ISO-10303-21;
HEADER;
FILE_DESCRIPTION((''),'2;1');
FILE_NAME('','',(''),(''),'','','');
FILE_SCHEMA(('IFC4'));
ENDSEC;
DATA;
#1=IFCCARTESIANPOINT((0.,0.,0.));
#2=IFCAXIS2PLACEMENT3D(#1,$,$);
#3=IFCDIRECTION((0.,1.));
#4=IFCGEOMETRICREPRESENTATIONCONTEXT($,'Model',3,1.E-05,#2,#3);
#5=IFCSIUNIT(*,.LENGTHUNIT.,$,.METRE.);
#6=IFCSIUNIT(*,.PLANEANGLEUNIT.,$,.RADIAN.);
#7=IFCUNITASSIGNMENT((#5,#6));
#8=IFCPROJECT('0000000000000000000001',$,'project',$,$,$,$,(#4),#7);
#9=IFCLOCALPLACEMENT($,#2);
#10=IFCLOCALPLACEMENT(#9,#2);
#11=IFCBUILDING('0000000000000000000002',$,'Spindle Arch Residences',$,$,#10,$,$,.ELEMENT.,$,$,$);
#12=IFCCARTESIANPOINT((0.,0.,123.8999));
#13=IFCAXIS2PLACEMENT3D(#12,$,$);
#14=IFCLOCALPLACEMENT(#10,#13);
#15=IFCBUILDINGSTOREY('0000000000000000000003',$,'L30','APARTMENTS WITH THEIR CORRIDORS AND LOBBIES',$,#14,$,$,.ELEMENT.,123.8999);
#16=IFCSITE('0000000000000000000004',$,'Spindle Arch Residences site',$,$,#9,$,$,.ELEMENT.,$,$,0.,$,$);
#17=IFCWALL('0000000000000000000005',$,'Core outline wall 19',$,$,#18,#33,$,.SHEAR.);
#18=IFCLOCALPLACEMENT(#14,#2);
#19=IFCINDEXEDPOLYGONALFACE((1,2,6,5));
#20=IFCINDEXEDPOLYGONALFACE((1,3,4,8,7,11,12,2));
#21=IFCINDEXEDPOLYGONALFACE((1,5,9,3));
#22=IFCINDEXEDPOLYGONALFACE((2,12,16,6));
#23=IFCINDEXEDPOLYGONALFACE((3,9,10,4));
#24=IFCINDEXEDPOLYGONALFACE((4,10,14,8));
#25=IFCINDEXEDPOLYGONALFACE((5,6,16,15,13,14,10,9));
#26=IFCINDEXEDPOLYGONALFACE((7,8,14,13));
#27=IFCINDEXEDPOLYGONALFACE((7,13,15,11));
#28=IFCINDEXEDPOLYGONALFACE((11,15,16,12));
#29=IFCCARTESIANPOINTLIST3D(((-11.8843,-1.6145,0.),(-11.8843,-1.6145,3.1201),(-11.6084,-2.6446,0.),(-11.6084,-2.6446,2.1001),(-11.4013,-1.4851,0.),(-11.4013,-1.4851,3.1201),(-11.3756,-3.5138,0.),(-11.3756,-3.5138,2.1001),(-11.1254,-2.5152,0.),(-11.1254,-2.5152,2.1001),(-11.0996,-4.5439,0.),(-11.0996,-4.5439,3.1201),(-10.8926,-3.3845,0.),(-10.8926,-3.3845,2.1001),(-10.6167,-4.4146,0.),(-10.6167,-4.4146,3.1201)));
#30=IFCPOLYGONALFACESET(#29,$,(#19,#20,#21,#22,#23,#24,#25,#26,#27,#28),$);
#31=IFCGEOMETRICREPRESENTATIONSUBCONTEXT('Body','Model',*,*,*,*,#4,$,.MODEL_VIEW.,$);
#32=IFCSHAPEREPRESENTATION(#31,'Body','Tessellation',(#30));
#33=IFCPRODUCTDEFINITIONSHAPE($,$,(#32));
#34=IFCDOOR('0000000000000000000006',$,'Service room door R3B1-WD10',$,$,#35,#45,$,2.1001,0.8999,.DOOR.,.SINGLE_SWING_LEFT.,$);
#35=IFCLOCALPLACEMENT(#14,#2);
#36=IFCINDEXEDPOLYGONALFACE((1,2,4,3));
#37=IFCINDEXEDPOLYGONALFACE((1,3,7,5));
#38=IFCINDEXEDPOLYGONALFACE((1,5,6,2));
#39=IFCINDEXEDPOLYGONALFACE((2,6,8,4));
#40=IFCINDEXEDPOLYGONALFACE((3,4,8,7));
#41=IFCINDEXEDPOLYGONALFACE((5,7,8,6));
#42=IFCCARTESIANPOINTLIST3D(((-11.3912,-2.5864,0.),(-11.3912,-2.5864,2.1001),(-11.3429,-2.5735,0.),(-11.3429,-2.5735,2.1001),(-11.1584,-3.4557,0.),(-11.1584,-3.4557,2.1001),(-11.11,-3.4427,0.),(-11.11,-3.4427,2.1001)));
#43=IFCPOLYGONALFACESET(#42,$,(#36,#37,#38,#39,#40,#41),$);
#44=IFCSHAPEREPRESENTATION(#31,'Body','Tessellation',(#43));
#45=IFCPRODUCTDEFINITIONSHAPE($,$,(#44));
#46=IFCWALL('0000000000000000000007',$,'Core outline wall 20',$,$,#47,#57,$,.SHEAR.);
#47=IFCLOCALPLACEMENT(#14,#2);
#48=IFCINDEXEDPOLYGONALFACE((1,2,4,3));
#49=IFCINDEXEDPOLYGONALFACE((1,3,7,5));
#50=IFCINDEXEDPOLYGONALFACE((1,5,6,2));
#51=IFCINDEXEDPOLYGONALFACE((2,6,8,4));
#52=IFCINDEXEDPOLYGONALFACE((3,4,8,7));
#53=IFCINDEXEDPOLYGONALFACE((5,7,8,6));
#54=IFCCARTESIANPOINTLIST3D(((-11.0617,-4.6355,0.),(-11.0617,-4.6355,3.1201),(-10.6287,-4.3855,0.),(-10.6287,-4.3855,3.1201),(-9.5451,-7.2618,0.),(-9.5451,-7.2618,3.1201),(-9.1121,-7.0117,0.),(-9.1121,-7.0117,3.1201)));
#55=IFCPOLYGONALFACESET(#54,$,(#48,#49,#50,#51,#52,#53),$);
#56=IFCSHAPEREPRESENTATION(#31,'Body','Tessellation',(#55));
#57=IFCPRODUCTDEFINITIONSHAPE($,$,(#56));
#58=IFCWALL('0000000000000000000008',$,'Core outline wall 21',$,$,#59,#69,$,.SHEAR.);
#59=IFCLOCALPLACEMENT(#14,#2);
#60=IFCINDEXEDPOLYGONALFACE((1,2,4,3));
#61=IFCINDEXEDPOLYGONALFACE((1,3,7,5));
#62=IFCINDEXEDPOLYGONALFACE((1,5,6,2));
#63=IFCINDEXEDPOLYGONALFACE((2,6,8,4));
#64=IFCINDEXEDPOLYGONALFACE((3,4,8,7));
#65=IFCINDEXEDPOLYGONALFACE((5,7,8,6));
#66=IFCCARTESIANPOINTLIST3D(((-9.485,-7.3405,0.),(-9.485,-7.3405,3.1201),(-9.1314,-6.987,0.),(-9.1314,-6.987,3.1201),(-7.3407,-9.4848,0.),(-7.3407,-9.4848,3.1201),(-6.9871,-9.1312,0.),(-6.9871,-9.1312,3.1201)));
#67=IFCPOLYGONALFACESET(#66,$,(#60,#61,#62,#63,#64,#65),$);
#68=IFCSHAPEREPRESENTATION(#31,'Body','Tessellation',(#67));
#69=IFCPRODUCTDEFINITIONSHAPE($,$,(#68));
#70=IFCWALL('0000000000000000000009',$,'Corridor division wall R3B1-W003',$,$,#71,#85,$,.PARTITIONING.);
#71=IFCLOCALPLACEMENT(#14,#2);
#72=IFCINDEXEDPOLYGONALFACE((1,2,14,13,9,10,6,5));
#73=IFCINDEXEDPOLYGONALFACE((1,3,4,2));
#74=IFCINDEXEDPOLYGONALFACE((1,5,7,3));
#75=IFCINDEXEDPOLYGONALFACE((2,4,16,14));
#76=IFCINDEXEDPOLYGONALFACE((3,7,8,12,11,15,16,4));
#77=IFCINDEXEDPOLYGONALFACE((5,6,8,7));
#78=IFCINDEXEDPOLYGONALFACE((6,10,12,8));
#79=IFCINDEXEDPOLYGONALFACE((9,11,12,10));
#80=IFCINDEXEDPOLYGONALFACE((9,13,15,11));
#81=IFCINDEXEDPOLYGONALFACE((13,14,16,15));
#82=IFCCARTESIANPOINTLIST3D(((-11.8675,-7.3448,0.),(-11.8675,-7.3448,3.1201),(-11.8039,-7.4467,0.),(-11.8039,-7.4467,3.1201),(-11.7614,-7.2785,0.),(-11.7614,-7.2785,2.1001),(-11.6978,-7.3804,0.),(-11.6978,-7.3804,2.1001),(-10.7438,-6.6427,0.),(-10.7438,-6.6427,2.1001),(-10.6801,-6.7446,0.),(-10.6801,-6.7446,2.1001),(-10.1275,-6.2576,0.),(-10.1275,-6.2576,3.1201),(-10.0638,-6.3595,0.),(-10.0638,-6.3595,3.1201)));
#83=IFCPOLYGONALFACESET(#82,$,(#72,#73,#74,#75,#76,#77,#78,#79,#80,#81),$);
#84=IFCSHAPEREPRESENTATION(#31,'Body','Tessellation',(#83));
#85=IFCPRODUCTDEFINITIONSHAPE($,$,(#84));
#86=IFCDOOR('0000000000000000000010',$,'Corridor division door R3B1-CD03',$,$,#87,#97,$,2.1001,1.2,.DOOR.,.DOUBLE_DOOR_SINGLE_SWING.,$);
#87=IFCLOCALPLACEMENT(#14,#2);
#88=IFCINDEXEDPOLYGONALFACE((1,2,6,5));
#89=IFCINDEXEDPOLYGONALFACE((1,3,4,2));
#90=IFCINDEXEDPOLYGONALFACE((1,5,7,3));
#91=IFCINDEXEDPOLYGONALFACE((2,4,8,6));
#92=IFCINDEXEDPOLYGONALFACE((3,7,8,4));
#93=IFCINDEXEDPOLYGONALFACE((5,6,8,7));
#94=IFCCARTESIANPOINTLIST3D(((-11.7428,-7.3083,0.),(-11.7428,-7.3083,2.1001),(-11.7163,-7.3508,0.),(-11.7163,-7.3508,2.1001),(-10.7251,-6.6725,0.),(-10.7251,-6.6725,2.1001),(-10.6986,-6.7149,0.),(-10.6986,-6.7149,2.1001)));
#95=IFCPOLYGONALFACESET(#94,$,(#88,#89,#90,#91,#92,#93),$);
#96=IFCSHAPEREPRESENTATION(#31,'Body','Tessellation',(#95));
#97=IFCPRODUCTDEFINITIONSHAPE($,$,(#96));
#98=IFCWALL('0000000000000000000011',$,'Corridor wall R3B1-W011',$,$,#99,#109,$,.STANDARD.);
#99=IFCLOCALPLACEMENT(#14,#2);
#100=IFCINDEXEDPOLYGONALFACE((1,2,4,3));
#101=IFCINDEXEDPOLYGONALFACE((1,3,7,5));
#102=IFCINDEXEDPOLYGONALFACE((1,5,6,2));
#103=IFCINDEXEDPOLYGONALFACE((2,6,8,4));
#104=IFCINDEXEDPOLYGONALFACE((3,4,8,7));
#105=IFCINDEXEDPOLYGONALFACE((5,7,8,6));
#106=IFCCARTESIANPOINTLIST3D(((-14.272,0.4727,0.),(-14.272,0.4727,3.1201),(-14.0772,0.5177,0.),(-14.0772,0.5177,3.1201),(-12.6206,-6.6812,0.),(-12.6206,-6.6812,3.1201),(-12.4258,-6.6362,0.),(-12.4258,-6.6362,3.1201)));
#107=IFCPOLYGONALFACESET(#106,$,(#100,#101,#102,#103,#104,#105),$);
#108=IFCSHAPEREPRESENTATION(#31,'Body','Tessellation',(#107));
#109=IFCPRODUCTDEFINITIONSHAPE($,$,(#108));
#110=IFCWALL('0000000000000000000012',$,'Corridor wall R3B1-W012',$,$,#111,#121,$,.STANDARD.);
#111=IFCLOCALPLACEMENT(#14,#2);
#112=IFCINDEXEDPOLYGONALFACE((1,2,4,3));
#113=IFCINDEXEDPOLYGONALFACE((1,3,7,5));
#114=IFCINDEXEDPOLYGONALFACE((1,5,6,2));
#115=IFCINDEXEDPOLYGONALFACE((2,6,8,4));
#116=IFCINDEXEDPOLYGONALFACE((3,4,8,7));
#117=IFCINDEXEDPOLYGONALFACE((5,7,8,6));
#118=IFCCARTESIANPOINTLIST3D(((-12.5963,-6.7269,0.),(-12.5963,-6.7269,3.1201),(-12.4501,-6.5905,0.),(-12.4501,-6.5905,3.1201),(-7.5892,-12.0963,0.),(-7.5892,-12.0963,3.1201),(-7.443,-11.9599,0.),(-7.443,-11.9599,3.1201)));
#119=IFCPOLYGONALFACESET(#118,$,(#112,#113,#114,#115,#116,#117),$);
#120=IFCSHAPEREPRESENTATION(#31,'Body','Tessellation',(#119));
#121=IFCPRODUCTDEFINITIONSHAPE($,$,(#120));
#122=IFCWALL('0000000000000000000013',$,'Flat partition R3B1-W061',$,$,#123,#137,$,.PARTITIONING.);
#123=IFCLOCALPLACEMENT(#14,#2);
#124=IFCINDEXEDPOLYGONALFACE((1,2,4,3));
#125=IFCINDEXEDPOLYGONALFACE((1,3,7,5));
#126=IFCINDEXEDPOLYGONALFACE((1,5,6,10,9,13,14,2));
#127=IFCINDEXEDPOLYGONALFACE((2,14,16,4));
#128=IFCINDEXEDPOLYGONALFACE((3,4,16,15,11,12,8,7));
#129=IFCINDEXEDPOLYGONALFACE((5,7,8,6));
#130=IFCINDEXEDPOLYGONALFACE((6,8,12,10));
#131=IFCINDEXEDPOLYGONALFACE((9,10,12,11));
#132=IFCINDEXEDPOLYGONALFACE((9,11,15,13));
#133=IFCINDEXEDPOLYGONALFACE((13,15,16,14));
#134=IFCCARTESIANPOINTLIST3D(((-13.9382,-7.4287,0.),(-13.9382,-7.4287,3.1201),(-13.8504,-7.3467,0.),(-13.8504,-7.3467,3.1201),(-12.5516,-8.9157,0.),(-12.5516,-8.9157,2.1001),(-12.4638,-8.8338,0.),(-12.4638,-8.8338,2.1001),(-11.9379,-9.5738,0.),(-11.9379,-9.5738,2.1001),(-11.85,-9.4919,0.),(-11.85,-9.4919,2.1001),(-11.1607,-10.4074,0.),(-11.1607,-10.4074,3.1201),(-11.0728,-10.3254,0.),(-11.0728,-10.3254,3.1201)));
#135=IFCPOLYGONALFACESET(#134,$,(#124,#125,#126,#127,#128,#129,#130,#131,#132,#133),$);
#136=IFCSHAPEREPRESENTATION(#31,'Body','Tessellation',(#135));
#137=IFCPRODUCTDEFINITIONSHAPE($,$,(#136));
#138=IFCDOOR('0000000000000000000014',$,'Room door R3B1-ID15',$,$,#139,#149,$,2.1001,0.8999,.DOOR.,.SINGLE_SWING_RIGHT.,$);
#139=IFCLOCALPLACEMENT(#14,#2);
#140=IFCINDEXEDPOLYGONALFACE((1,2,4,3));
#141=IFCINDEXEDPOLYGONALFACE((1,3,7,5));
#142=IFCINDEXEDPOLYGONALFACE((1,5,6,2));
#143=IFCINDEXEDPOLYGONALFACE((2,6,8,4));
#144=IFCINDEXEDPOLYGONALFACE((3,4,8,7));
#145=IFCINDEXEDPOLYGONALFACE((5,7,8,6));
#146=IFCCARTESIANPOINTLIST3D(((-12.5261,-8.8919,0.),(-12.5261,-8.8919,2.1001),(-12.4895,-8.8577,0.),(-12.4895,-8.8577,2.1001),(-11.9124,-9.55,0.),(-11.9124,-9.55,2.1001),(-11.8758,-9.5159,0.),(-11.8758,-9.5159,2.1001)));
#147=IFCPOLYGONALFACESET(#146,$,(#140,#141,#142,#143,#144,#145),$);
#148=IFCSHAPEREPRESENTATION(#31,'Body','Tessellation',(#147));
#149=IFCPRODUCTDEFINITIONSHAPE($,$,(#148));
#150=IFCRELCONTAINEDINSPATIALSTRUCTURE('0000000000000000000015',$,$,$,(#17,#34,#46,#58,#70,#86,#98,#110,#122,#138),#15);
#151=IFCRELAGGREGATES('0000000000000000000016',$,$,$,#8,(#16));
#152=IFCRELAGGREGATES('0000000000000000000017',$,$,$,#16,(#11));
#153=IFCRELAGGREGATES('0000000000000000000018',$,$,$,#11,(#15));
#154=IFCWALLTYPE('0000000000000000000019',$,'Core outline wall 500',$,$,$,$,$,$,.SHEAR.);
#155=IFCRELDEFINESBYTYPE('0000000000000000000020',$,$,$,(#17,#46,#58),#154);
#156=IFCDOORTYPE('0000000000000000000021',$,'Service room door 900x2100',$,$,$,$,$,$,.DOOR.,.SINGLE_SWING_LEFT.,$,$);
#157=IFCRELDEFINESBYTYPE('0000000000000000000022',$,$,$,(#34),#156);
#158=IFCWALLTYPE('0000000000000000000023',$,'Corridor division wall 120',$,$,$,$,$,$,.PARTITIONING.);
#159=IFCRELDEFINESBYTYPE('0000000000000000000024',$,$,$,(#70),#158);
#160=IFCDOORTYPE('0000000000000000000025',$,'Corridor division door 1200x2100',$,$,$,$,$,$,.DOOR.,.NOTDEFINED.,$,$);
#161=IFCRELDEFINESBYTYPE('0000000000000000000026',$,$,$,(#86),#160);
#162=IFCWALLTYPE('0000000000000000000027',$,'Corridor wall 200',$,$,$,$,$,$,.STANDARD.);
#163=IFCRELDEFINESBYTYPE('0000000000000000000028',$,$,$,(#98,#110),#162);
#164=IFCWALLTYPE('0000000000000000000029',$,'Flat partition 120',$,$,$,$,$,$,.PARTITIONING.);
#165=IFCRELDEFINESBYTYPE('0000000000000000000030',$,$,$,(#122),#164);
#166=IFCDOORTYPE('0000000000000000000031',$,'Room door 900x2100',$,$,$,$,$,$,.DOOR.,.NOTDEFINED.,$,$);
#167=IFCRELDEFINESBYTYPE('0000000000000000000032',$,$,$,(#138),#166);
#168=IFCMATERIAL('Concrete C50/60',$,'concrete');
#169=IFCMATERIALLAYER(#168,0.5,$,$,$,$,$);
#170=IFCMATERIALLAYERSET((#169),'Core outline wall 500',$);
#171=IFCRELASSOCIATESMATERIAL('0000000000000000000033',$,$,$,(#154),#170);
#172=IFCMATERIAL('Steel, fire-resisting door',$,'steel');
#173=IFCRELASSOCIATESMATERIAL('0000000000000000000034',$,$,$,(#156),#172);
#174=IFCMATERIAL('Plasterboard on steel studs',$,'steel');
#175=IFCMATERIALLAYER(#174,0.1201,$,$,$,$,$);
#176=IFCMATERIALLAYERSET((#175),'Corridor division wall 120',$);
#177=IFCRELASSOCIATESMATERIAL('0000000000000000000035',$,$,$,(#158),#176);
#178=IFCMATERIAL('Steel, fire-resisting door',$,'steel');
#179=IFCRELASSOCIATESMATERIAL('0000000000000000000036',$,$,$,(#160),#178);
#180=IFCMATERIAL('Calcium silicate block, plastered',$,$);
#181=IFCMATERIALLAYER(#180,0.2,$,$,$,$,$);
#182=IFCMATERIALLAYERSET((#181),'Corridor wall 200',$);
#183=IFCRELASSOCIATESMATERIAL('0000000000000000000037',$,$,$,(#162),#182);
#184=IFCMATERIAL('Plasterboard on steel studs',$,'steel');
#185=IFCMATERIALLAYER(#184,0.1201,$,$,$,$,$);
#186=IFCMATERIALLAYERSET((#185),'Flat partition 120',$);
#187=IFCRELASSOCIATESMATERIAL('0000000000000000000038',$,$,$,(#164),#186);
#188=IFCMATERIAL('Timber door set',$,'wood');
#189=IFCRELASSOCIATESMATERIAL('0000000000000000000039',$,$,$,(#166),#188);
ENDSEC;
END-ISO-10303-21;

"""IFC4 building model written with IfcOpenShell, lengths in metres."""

from ifc_helpers import new_model, si_unit, direction, frame, frame_2d, origin, place, context, subcontext, project, spatial, rectangle, extrude, material, layer, layer_set, type_object, element, fill, save


model = new_model("IFC4")

# Units and contexts
model_context = context("Model", 3, precision=1e-05, world=origin(), true_north=direction((0.0, 1.0)))
body_context = subcontext(model_context, "Body", "Model", "MODEL_VIEW")
ifc_project = project(units=[si_unit("LENGTHUNIT", "METRE"), si_unit("PLANEANGLEUNIT", "RADIAN")], contexts=[model_context])

# Site, building, storey
site_placement = place(None, origin())
site = spatial("IfcSite", under=ifc_project, at=site_placement, Name="Spindle Arch Residences site", CompositionType="ELEMENT", RefElevation=0.0)
building_placement = place(site_placement, origin())
building = spatial("IfcBuilding", under=site, at=building_placement, Name="Spindle Arch Residences", CompositionType="ELEMENT")
storey_placement = place(building_placement, frame((0.0, 0.0, 123.8999)))
storey = spatial("IfcBuildingStorey", under=building, at=storey_placement, Name="L30", Description="APARTMENTS WITH THEIR CORRIDORS AND LOBBIES", CompositionType="ELEMENT", Elevation=123.8999)

# Wall, opening, door
ifc_material_1 = material(Name="Concrete C50/60", Category="concrete")
ifc_layer_1 = layer(ifc_material_1, 0.5)
ifc_layer_set_1 = layer_set([ifc_layer_1], Name="Core outline wall 500")
wall_type_1 = type_object("IfcWallType", Name="Core outline wall 500", PredefinedType="SHEAR", material=ifc_layer_set_1)
wall_1_placement = place(storey_placement, frame((-11.6428, -1.5498, 0.0), z_axis=(0.0, 0.0, 1.0), x_axis=(0.258735, -0.965948, 0.0)))
wall_1 = element("IfcWall", 1, at=wall_1_placement, inside=storey, type_object=wall_type_1, Name="Core outline wall 19", PredefinedType="SHEAR", context=body_context, shape_type="SweptSolid", body=[
    extrude(rectangle(XDim=3.0327, YDim=0.5, at=frame_2d((1.5164, 0.0))), origin(), (0.0, 0.0, 1.0), 3.1201),
])
opening_1_placement = place(wall_1_placement, frame((1.0664, 0.0, 0.0)))
opening_1 = element("IfcOpeningElement", 2, at=opening_1_placement, cuts=wall_1, PredefinedType="OPENING", context=body_context, shape_type="SweptSolid", body=[
    extrude(rectangle(XDim=0.8999, YDim=2.1001, at=frame_2d((0.45, 1.05))), frame((0.0, 0.26, 0.0), z_axis=(0.0, -1.0, 0.0), x_axis=(1.0, 0.0, 0.0)), (0.0, 0.0, 1.0), 0.52),
])
ifc_material_2 = material(Name="Steel, fire-resisting door", Category="steel")
door_type_1 = type_object("IfcDoorType", Name="Service room door 900x2100", OperationType="SINGLE_SWING_LEFT", PredefinedType="DOOR", material=ifc_material_2)
door_1_placement = place(opening_1_placement, origin())
door_1 = element("IfcDoor", 3, at=door_1_placement, inside=storey, type_object=door_type_1, Name="Service room door R3B1-WD10", OperationType="SINGLE_SWING_LEFT", OverallHeight=2.1001, OverallWidth=0.8999, PredefinedType="DOOR", context=body_context, shape_type="SweptSolid", body=[
    extrude(rectangle(XDim=0.8999, YDim=2.1001, at=frame_2d((0.45, 1.05))), frame((0.0, 0.0249, 0.0), z_axis=(0.0, -1.0, 0.0), x_axis=(1.0, 0.0, 0.0)), (0.0, 0.0, 1.0), 0.05),
])
fill(opening_1, door_1)

# Walls
wall_2_placement = place(storey_placement, frame((-10.8452, -4.5105, 0.0), z_axis=(0.0, 0.0, 1.0), x_axis=(0.500087, -0.865975, 0.0)))
element("IfcWall", 4, at=wall_2_placement, inside=storey, type_object=wall_type_1, Name="Core outline wall 20", PredefinedType="SHEAR", context=body_context, shape_type="SweptSolid", body=[
    extrude(rectangle(XDim=3.0327, YDim=0.5, at=frame_2d((1.5164, 0.0))), origin(), (0.0, 0.0, 1.0), 3.1201),
])
wall_3_placement = place(storey_placement, frame((-9.3081, -7.1638, 0.0), z_axis=(0.0, 0.0, 1.0), x_axis=(0.707107, -0.707107, 0.0)))
element("IfcWall", 5, at=wall_3_placement, inside=storey, type_object=wall_type_1, Name="Core outline wall 21", PredefinedType="SHEAR", context=body_context, shape_type="SweptSolid", body=[
    extrude(rectangle(XDim=3.0325, YDim=0.5, at=frame_2d((1.5161, 0.0))), origin(), (0.0, 0.0, 1.0), 3.1201),
])

# Wall, opening, door
ifc_material_3 = material(Name="Plasterboard on steel studs", Category="steel")
ifc_layer_2 = layer(ifc_material_3, 0.1201)
ifc_layer_set_2 = layer_set([ifc_layer_2], Name="Corridor division wall 120")
wall_type_2 = type_object("IfcWallType", Name="Corridor division wall 120", PredefinedType="PARTITIONING", material=ifc_layer_set_2)
wall_4_placement = place(storey_placement, frame((-11.8357, -7.3958, 0.0), z_axis=(0.0, 0.0, 1.0), x_axis=(0.848072, 0.529881, 0.0)))
wall_4 = element("IfcWall", 6, at=wall_4_placement, inside=storey, type_object=wall_type_2, Name="Corridor division wall R3B1-W003", PredefinedType="PARTITIONING", context=body_context, shape_type="SweptSolid", body=[
    extrude(rectangle(XDim=2.0518, YDim=0.1201, at=frame_2d((1.0259, 0.0))), origin(), (0.0, 0.0, 1.0), 3.1201),
])
opening_2_placement = place(wall_4_placement, frame((0.125, 0.0, 0.0)))
opening_2 = element("IfcOpeningElement", 7, at=opening_2_placement, cuts=wall_4, PredefinedType="OPENING", context=body_context, shape_type="SweptSolid", body=[
    extrude(rectangle(XDim=1.2, YDim=2.1001, at=frame_2d((0.6001, 1.05))), frame((0.0, 0.0701, 0.0), z_axis=(0.0, -1.0, 0.0), x_axis=(1.0, 0.0, 0.0)), (0.0, 0.0, 1.0), 0.1401),
])
ifc_material_4 = material(Name="Steel, fire-resisting door", Category="steel")
door_type_2 = type_object("IfcDoorType", Name="Corridor division door 1200x2100", OperationType="NOTDEFINED", PredefinedType="DOOR", material=ifc_material_4)
door_2_placement = place(opening_2_placement, origin())
door_2 = element("IfcDoor", 8, at=door_2_placement, inside=storey, type_object=door_type_2, Name="Corridor division door R3B1-CD03", OperationType="DOUBLE_DOOR_SINGLE_SWING", OverallHeight=2.1001, OverallWidth=1.2, PredefinedType="DOOR", context=body_context, shape_type="SweptSolid", body=[
    extrude(rectangle(XDim=1.2, YDim=2.1001, at=frame_2d((0.6001, 1.05))), frame((0.0, 0.0249, 0.0), z_axis=(0.0, -1.0, 0.0), x_axis=(1.0, 0.0, 0.0)), (0.0, 0.0, 1.0), 0.05),
])
fill(opening_2, door_2)

# Walls
ifc_material_5 = material(Name="Calcium silicate block, plastered")
ifc_layer_3 = layer(ifc_material_5, 0.2)
ifc_layer_set_3 = layer_set([ifc_layer_3], Name="Corridor wall 200")
wall_type_3 = type_object("IfcWallType", Name="Corridor wall 200", PredefinedType="STANDARD", material=ifc_layer_set_3)
wall_5_placement = place(storey_placement, frame((-14.1746, 0.4951, 0.0), z_axis=(0.0, 0.0, 1.0), x_axis=(0.224923, -0.974377, 0.0)))
element("IfcWall", 9, at=wall_5_placement, inside=storey, type_object=wall_type_3, Name="Corridor wall R3B1-W011", PredefinedType="STANDARD", context=body_context, shape_type="SweptSolid", body=[
    extrude(rectangle(XDim=7.342, YDim=0.2, at=frame_2d((3.6709, 0.0))), origin(), (0.0, 0.0, 1.0), 3.1201),
])
wall_6_placement = place(storey_placement, frame((-12.5232, -6.6587, 0.0), z_axis=(0.0, 0.0, 1.0), x_axis=(0.682002, -0.73135, 0.0)))
element("IfcWall", 10, at=wall_6_placement, inside=storey, type_object=wall_type_3, Name="Corridor wall R3B1-W012", PredefinedType="STANDARD", context=body_context, shape_type="SweptSolid", body=[
    extrude(rectangle(XDim=7.3418, YDim=0.2, at=frame_2d((3.6709, 0.0))), origin(), (0.0, 0.0, 1.0), 3.1201),
])

# Wall, opening, door
ifc_material_6 = material(Name="Plasterboard on steel studs", Category="steel")
ifc_layer_4 = layer(ifc_material_6, 0.1201)
ifc_layer_set_4 = layer_set([ifc_layer_4], Name="Flat partition 120")
wall_type_4 = type_object("IfcWallType", Name="Flat partition 120", PredefinedType="PARTITIONING", material=ifc_layer_set_4)
wall_7_placement = place(storey_placement, frame((-13.8943, -7.3877, 0.0), z_axis=(0.0, 0.0, 1.0), x_axis=(0.681979, -0.731372, 0.0)))
wall_7 = element("IfcWall", 11, at=wall_7_placement, inside=storey, type_object=wall_type_4, Name="Flat partition R3B1-W061", PredefinedType="PARTITIONING", context=body_context, shape_type="SweptSolid", body=[
    extrude(rectangle(XDim=4.0728, YDim=0.1201, at=frame_2d((2.0364, 0.0))), origin(), (0.0, 0.0, 1.0), 3.1201),
])
opening_3_placement = place(wall_7_placement, frame((2.0332, 0.0, 0.0)))
opening_3 = element("IfcOpeningElement", 12, at=opening_3_placement, cuts=wall_7, PredefinedType="OPENING", context=body_context, shape_type="SweptSolid", body=[
    extrude(rectangle(XDim=0.8999, YDim=2.1001, at=frame_2d((0.45, 1.05))), frame((0.0, 0.0701, 0.0), z_axis=(0.0, -1.0, 0.0), x_axis=(1.0, 0.0, 0.0)), (0.0, 0.0, 1.0), 0.1401),
])
ifc_material_7 = material(Name="Timber door set", Category="wood")
door_type_3 = type_object("IfcDoorType", Name="Room door 900x2100", OperationType="NOTDEFINED", PredefinedType="DOOR", material=ifc_material_7)
door_3_placement = place(opening_3_placement, origin())
door_3 = element("IfcDoor", 13, at=door_3_placement, inside=storey, type_object=door_type_3, Name="Room door R3B1-ID15", OperationType="SINGLE_SWING_RIGHT", OverallHeight=2.1001, OverallWidth=0.8999, PredefinedType="DOOR", context=body_context, shape_type="SweptSolid", body=[
    extrude(rectangle(XDim=0.8999, YDim=2.1001, at=frame_2d((0.45, 1.05))), frame((0.0, 0.0249, 0.0), z_axis=(0.0, -1.0, 0.0), x_axis=(1.0, 0.0, 0.0)), (0.0, 0.0, 1.0), 0.05),
])
fill(opening_3, door_3)

save(model, "model.ifc")
